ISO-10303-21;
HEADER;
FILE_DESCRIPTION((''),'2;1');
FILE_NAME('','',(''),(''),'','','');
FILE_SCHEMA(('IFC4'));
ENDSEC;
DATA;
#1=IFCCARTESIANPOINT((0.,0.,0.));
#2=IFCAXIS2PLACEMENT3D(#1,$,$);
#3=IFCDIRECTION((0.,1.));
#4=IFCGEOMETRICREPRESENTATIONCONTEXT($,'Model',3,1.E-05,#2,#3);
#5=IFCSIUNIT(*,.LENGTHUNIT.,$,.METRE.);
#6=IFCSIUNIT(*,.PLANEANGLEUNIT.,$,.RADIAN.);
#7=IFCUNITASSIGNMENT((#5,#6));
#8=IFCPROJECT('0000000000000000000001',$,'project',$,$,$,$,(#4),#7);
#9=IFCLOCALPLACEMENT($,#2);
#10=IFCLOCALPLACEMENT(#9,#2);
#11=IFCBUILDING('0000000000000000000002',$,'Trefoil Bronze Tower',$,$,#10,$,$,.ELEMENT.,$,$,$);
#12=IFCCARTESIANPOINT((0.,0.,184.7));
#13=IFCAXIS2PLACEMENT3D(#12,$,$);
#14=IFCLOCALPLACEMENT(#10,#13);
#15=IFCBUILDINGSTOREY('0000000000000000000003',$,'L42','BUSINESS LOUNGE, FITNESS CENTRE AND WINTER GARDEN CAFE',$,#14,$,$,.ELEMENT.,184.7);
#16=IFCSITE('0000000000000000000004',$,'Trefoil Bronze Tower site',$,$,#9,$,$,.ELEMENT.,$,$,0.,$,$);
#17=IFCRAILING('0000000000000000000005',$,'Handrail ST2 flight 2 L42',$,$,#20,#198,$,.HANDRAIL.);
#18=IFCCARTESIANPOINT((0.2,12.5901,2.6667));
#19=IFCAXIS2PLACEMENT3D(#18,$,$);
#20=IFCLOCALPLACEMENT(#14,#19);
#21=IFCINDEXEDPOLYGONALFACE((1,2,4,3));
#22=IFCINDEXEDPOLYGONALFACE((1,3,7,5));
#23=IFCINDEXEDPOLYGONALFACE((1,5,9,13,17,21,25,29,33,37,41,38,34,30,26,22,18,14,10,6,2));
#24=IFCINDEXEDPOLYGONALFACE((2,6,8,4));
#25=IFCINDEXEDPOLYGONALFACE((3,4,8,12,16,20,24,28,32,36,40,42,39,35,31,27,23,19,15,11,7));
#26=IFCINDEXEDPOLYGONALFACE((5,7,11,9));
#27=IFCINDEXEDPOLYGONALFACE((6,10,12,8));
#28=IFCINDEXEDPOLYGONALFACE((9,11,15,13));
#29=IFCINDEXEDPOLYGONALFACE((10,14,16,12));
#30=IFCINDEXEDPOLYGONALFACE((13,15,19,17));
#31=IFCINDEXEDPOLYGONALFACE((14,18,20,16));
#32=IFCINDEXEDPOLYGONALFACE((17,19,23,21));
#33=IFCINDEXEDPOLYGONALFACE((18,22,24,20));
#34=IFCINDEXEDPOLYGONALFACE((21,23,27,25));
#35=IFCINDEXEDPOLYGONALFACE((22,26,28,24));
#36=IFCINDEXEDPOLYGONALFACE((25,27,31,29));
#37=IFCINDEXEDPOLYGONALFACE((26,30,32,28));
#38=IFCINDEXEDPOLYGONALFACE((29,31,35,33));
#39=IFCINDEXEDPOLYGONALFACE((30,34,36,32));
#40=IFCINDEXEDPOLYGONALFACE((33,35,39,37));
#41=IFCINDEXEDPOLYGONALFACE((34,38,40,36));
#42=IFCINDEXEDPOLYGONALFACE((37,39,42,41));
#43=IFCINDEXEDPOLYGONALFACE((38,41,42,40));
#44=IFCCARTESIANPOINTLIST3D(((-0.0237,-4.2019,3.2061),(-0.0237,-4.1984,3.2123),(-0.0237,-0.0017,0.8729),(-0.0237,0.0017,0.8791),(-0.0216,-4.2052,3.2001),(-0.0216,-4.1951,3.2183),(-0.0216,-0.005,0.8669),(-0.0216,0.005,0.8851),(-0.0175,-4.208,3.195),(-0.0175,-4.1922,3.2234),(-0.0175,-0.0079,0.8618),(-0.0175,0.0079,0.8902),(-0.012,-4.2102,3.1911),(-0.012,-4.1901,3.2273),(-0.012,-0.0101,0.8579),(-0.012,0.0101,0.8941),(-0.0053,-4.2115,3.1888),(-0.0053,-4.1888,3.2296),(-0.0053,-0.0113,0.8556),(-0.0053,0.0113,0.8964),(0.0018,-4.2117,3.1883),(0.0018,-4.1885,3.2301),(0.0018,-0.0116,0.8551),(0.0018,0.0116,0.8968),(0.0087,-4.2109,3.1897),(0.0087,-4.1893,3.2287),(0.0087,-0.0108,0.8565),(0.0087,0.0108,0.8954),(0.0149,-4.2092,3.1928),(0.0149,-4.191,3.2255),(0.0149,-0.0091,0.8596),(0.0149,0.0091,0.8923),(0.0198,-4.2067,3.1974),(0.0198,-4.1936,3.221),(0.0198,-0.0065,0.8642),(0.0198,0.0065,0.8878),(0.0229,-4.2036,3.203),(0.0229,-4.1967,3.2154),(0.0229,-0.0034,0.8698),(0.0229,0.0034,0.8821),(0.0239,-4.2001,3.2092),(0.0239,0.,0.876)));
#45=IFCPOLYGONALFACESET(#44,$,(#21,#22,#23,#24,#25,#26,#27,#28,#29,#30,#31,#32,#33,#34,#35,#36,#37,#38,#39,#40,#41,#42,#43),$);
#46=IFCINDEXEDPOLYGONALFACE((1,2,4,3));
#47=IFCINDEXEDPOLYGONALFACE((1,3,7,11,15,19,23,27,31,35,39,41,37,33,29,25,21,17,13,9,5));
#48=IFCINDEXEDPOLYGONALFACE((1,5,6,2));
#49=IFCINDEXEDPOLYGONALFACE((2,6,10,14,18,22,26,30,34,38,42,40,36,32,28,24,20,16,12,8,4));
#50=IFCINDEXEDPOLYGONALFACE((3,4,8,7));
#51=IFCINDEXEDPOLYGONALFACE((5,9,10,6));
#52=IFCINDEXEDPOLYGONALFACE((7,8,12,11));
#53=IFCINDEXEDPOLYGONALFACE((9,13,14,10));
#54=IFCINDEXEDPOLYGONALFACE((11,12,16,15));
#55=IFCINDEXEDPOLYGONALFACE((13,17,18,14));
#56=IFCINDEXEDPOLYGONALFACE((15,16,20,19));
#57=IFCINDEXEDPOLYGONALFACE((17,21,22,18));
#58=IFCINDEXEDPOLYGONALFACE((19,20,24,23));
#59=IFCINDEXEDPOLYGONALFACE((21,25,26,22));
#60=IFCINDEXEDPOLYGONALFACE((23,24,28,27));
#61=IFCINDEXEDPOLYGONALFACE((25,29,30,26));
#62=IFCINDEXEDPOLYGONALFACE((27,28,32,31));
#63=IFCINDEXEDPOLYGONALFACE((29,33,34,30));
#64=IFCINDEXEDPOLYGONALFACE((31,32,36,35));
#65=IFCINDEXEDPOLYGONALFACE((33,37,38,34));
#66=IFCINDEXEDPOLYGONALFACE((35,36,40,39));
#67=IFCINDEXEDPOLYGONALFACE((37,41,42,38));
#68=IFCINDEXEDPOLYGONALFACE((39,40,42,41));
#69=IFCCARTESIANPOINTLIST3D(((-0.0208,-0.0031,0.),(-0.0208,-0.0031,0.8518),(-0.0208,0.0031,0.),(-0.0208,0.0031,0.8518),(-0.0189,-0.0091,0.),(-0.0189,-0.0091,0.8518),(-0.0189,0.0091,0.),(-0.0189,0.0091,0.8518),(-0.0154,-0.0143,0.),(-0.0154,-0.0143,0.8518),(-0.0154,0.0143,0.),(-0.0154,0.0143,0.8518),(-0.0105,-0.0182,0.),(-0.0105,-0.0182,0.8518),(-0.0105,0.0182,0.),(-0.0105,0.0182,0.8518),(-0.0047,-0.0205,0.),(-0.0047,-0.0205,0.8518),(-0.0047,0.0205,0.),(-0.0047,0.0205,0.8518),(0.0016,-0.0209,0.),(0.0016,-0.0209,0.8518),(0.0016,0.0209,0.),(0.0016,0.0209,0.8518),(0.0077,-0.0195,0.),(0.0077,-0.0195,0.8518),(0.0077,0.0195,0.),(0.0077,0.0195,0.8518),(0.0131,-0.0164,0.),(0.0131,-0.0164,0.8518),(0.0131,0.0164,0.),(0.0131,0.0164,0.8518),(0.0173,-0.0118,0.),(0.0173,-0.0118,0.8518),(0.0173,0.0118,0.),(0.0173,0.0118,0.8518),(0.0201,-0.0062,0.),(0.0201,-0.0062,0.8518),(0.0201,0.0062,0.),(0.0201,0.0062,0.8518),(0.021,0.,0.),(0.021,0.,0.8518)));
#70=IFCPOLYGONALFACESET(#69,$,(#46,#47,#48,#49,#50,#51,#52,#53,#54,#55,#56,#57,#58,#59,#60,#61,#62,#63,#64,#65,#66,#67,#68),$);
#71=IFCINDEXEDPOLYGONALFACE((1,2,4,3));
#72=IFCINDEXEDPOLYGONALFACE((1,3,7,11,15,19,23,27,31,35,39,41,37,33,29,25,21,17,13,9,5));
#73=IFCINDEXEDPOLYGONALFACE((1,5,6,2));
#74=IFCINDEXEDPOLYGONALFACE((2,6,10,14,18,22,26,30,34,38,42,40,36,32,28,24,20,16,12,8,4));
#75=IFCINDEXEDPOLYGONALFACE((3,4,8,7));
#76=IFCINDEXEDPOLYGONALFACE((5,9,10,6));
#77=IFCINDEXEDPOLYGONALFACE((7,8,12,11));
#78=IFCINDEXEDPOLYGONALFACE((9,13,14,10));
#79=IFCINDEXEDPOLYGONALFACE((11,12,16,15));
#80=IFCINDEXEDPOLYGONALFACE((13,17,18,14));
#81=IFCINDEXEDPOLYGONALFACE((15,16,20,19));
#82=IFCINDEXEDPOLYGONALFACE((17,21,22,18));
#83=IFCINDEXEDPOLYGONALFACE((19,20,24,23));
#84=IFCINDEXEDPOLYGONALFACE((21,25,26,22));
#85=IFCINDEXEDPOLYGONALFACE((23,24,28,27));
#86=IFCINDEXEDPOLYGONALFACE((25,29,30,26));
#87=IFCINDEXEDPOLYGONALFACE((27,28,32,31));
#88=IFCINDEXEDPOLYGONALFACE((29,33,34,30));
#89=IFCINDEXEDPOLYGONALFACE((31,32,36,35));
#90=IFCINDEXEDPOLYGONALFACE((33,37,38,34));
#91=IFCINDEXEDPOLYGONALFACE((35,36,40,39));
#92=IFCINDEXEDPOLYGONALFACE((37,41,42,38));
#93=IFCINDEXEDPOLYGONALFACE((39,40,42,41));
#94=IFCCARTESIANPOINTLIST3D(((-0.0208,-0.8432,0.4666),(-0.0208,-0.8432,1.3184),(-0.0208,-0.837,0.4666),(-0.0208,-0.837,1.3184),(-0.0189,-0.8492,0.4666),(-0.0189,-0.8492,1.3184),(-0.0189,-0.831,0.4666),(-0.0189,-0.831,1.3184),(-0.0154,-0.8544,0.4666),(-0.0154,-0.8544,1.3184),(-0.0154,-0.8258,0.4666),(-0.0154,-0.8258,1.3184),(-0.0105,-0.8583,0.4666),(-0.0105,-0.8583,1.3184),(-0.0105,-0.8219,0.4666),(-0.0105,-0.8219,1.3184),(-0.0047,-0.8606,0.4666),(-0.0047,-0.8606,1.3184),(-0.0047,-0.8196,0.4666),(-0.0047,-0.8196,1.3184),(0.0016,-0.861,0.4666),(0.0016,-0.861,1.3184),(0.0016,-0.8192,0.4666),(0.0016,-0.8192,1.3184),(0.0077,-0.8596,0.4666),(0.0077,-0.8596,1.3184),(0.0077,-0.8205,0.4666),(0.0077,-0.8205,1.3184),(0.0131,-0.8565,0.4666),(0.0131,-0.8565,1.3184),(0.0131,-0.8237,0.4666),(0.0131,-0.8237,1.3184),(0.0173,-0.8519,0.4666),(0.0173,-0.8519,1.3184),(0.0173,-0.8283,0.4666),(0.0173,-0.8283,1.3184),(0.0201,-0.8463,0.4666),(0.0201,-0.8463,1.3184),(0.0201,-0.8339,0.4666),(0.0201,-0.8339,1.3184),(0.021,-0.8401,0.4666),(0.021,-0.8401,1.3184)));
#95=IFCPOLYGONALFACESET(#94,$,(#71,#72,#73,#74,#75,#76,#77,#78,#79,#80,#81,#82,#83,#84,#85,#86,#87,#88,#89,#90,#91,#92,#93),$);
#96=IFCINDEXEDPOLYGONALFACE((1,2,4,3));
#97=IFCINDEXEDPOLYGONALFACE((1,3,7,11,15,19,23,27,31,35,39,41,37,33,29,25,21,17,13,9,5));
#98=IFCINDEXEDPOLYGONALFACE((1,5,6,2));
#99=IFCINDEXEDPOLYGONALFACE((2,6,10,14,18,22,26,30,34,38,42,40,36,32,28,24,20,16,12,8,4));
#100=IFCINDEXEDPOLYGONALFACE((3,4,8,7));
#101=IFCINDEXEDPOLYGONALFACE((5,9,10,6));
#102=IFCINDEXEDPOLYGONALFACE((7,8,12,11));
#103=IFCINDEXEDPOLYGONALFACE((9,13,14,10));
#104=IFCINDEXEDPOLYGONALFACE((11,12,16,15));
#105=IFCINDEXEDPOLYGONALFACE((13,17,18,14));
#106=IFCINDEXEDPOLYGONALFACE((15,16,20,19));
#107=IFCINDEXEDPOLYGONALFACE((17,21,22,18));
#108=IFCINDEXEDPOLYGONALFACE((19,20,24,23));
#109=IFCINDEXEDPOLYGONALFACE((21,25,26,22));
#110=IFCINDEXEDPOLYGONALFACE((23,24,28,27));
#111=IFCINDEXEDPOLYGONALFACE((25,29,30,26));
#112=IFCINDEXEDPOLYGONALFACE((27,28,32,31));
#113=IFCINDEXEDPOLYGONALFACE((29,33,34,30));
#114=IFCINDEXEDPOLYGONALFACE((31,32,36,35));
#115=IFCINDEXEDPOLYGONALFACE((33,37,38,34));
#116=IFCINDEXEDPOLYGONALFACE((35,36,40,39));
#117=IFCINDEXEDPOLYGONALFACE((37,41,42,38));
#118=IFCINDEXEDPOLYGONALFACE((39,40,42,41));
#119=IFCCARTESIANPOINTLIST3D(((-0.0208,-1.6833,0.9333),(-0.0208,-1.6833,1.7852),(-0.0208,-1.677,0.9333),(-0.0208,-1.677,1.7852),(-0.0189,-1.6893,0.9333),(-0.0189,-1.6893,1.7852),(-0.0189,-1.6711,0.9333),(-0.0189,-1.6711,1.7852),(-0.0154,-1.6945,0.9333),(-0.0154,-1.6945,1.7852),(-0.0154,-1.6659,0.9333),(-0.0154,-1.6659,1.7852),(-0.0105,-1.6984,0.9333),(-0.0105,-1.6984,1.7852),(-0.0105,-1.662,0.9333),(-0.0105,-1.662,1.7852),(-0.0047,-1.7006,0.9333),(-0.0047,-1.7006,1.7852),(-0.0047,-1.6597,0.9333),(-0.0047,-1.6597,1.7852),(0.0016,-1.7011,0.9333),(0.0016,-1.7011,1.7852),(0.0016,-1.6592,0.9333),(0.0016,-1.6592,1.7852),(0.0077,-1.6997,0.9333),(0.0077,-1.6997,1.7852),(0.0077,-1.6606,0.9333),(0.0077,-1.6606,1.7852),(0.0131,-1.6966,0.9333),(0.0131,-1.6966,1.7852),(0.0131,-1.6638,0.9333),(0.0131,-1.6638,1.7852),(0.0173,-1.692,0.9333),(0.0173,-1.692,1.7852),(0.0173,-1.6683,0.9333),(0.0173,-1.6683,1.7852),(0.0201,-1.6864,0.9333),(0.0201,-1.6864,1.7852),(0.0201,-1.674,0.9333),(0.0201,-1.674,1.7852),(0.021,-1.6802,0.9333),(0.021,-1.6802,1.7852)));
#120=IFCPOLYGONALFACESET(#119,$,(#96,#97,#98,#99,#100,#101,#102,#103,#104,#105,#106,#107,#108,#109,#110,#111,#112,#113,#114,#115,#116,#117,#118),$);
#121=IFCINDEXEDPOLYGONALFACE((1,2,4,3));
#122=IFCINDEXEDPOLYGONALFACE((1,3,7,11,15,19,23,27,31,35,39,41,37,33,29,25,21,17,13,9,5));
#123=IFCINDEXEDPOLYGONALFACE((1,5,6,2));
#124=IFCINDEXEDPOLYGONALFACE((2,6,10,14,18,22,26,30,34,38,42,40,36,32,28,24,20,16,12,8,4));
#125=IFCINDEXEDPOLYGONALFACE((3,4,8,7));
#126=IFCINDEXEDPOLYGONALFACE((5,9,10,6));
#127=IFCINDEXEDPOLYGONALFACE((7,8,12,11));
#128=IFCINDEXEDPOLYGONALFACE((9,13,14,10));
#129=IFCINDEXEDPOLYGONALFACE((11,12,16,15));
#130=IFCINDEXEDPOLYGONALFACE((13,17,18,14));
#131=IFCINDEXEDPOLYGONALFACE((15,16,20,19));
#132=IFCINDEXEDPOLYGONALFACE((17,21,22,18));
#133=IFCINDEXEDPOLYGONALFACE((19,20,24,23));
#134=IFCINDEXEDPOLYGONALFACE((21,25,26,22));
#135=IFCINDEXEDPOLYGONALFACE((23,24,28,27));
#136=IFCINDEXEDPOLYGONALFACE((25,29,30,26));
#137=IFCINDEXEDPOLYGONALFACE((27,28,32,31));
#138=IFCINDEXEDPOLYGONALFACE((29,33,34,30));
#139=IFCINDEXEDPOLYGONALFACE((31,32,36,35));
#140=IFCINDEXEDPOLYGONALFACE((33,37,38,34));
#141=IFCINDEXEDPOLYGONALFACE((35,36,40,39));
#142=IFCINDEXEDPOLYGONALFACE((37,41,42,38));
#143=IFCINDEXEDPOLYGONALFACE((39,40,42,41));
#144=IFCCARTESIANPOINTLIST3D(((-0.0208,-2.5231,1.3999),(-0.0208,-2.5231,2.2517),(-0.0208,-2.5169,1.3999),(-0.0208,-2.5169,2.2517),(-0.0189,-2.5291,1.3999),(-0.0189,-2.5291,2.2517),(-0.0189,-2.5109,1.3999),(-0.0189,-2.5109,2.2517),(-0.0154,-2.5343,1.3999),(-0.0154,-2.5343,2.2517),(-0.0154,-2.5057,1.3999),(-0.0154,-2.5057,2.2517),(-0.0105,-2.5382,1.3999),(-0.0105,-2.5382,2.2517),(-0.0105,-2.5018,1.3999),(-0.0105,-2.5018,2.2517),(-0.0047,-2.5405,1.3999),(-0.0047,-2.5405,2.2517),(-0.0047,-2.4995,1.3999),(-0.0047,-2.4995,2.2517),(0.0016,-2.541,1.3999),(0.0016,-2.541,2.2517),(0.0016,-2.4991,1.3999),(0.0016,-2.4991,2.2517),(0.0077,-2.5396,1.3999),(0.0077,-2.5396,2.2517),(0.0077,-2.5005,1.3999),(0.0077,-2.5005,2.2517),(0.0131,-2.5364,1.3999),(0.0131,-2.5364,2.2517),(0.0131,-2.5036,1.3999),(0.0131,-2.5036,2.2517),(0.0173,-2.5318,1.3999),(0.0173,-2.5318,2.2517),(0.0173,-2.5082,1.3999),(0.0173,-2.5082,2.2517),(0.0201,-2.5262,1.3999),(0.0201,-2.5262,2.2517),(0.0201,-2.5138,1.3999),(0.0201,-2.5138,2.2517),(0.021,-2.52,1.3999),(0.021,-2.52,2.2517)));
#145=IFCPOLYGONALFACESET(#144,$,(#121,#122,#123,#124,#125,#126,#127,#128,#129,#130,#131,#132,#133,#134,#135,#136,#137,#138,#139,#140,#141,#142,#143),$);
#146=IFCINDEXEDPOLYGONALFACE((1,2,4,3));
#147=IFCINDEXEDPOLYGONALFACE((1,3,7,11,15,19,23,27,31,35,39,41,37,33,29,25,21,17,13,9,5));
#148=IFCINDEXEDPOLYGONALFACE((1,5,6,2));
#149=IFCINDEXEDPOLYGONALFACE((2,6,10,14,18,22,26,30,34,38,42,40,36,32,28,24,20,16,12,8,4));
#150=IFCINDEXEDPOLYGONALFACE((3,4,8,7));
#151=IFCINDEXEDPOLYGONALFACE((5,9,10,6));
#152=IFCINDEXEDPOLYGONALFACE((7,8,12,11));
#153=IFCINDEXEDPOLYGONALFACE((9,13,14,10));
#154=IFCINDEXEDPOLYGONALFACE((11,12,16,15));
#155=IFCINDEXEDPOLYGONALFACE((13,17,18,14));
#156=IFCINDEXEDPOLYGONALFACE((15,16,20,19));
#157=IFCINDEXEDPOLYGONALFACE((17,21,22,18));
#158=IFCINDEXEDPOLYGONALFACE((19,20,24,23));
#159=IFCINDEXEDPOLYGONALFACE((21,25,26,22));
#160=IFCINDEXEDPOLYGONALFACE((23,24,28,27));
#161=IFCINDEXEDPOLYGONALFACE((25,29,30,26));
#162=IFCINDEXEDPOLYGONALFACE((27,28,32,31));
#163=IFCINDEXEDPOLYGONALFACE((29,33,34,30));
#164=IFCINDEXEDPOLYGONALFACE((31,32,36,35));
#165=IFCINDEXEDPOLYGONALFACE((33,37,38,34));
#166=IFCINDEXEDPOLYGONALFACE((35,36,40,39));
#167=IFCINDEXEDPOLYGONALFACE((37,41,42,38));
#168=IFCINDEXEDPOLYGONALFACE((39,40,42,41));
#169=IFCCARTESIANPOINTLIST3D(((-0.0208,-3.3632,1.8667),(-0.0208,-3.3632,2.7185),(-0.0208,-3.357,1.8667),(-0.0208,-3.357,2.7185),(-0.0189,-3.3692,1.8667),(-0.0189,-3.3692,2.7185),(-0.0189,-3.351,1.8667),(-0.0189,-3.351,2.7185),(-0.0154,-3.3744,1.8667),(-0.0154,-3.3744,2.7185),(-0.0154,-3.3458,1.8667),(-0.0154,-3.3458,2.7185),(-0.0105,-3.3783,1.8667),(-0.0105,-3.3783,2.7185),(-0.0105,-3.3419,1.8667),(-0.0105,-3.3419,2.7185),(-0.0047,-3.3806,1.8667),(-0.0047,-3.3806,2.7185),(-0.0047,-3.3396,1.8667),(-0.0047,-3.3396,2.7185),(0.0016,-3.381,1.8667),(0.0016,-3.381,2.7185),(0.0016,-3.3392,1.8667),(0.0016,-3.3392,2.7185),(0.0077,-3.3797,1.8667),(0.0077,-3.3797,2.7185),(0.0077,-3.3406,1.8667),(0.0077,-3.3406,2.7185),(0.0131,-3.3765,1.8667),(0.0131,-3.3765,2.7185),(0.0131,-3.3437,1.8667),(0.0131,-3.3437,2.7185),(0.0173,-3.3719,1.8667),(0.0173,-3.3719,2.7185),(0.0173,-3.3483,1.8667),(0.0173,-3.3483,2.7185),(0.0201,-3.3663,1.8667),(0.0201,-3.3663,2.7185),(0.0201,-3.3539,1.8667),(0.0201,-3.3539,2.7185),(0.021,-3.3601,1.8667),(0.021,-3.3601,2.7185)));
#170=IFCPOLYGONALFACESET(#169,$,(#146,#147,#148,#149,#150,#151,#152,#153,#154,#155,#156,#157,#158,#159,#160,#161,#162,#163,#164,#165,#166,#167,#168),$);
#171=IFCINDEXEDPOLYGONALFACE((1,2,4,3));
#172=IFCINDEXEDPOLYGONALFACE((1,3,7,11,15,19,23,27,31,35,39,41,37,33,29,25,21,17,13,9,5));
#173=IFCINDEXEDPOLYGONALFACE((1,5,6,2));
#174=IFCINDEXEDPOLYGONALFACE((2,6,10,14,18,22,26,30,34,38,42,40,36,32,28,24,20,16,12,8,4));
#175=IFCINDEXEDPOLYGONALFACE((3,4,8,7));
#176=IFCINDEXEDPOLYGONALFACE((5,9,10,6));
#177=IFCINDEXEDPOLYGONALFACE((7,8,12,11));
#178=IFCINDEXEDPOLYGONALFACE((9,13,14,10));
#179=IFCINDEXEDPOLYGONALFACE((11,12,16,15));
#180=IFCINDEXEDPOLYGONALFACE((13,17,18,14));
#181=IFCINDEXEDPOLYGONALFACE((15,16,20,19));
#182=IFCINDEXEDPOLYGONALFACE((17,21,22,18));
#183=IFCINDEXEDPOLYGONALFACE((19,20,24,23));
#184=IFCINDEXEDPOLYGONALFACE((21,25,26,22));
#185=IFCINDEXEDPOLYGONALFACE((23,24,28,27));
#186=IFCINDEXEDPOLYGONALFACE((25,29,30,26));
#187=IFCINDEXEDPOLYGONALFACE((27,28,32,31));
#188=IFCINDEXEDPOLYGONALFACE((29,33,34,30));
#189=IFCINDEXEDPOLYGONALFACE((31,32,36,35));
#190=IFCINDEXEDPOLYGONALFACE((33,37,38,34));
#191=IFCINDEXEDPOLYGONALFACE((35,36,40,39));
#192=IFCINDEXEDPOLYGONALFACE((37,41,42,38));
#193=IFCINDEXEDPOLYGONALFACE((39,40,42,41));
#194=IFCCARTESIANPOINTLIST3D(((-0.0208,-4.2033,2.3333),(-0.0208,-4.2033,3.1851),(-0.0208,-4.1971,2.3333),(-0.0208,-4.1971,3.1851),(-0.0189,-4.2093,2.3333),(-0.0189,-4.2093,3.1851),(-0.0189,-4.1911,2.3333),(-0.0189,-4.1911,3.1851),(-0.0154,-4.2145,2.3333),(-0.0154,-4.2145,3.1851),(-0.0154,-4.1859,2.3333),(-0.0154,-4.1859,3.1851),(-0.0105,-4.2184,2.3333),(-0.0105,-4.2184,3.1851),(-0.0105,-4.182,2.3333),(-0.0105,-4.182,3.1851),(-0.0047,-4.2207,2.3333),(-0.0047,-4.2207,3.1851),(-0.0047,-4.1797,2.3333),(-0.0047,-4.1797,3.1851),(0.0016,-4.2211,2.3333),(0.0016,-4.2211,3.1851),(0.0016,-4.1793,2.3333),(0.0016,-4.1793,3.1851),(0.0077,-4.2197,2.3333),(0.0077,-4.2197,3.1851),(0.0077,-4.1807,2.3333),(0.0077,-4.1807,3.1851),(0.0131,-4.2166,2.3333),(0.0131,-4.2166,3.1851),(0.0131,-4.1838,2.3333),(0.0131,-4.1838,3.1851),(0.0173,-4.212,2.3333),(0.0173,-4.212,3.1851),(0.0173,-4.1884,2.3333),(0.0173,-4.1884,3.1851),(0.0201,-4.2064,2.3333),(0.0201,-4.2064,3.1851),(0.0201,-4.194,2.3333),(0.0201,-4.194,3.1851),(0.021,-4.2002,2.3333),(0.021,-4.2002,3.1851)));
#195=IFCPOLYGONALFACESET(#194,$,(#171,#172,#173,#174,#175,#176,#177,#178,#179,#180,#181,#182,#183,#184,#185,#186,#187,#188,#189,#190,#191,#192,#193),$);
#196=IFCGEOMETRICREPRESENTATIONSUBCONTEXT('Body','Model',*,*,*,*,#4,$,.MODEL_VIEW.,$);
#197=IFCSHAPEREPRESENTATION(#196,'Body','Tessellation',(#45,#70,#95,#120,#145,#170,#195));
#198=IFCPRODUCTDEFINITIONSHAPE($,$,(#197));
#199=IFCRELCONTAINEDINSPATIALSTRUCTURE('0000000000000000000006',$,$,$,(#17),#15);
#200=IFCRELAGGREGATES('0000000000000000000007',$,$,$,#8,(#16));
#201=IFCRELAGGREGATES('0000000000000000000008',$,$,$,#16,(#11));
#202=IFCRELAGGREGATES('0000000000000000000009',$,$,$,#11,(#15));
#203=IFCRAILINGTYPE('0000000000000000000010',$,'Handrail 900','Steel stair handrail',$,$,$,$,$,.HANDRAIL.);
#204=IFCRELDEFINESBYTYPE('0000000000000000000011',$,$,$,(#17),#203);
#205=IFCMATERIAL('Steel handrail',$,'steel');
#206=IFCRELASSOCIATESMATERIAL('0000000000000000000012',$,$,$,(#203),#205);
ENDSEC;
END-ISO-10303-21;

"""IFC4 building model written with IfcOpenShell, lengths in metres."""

from ifc_helpers import new_model, si_unit, direction, frame, origin, origin_2d, place, context, subcontext, project, spatial, circle, extrude, material, type_object, element, save


model = new_model("IFC4")

# Units and contexts
model_context = context("Model", 3, precision=1e-05, world=origin(), true_north=direction((0.0, 1.0)))
body_context = subcontext(model_context, "Body", "Model", "MODEL_VIEW")
ifc_project = project(units=[si_unit("LENGTHUNIT", "METRE"), si_unit("PLANEANGLEUNIT", "RADIAN")], contexts=[model_context])

# Site, building, storey
site_placement = place(None, origin())
site = spatial("IfcSite", under=ifc_project, at=site_placement, Name="Trefoil Bronze Tower site", CompositionType="ELEMENT", RefElevation=0.0)
building_placement = place(site_placement, origin())
building = spatial("IfcBuilding", under=site, at=building_placement, Name="Trefoil Bronze Tower", CompositionType="ELEMENT")
storey_placement = place(building_placement, frame((0.0, 0.0, 184.7)))
storey = spatial("IfcBuildingStorey", under=building, at=storey_placement, Name="L42", Description="BUSINESS LOUNGE, FITNESS CENTRE AND WINTER GARDEN CAFE", CompositionType="ELEMENT", Elevation=184.7)

# Railing
ifc_material_1 = material(Name="Steel handrail", Category="steel")
railing_type = type_object("IfcRailingType", Name="Handrail 900", Description="Steel stair handrail", PredefinedType="HANDRAIL", material=ifc_material_1)
railing_placement = place(storey_placement, frame((0.2, 12.5901, 2.6667)))
element("IfcRailing", 1, at=railing_placement, inside=storey, type_object=railing_type, Name="Handrail ST2 flight 2 L42", PredefinedType="HANDRAIL", context=body_context, shape_type="SweptSolid", body=[
    extrude(circle(Radius=0.0239, at=origin_2d()), frame((0.0, 0.0, 0.876), z_axis=(0.0, -0.874174, 0.485613), x_axis=(1.0, 0.0, 0.0)), (0.0, 0.0, 1.0), 4.8047),
    extrude(circle(Radius=0.021, at=origin_2d()), origin(), (0.0, 0.0, 1.0), 0.8518),
    extrude(circle(Radius=0.021, at=origin_2d()), frame((0.0, -0.8401, 0.4666)), (0.0, 0.0, 1.0), 0.8518),
    extrude(circle(Radius=0.021, at=origin_2d()), frame((0.0, -1.6802, 0.9333)), (0.0, 0.0, 1.0), 0.8518),
    extrude(circle(Radius=0.021, at=origin_2d()), frame((0.0, -2.52, 1.3999)), (0.0, 0.0, 1.0), 0.8518),
    extrude(circle(Radius=0.021, at=origin_2d()), frame((0.0, -3.3601, 1.8667)), (0.0, 0.0, 1.0), 0.8518),
    extrude(circle(Radius=0.021, at=origin_2d()), frame((0.0, -4.2002, 2.3333)), (0.0, 0.0, 1.0), 0.8518),
])

save(model, "model.ifc")
